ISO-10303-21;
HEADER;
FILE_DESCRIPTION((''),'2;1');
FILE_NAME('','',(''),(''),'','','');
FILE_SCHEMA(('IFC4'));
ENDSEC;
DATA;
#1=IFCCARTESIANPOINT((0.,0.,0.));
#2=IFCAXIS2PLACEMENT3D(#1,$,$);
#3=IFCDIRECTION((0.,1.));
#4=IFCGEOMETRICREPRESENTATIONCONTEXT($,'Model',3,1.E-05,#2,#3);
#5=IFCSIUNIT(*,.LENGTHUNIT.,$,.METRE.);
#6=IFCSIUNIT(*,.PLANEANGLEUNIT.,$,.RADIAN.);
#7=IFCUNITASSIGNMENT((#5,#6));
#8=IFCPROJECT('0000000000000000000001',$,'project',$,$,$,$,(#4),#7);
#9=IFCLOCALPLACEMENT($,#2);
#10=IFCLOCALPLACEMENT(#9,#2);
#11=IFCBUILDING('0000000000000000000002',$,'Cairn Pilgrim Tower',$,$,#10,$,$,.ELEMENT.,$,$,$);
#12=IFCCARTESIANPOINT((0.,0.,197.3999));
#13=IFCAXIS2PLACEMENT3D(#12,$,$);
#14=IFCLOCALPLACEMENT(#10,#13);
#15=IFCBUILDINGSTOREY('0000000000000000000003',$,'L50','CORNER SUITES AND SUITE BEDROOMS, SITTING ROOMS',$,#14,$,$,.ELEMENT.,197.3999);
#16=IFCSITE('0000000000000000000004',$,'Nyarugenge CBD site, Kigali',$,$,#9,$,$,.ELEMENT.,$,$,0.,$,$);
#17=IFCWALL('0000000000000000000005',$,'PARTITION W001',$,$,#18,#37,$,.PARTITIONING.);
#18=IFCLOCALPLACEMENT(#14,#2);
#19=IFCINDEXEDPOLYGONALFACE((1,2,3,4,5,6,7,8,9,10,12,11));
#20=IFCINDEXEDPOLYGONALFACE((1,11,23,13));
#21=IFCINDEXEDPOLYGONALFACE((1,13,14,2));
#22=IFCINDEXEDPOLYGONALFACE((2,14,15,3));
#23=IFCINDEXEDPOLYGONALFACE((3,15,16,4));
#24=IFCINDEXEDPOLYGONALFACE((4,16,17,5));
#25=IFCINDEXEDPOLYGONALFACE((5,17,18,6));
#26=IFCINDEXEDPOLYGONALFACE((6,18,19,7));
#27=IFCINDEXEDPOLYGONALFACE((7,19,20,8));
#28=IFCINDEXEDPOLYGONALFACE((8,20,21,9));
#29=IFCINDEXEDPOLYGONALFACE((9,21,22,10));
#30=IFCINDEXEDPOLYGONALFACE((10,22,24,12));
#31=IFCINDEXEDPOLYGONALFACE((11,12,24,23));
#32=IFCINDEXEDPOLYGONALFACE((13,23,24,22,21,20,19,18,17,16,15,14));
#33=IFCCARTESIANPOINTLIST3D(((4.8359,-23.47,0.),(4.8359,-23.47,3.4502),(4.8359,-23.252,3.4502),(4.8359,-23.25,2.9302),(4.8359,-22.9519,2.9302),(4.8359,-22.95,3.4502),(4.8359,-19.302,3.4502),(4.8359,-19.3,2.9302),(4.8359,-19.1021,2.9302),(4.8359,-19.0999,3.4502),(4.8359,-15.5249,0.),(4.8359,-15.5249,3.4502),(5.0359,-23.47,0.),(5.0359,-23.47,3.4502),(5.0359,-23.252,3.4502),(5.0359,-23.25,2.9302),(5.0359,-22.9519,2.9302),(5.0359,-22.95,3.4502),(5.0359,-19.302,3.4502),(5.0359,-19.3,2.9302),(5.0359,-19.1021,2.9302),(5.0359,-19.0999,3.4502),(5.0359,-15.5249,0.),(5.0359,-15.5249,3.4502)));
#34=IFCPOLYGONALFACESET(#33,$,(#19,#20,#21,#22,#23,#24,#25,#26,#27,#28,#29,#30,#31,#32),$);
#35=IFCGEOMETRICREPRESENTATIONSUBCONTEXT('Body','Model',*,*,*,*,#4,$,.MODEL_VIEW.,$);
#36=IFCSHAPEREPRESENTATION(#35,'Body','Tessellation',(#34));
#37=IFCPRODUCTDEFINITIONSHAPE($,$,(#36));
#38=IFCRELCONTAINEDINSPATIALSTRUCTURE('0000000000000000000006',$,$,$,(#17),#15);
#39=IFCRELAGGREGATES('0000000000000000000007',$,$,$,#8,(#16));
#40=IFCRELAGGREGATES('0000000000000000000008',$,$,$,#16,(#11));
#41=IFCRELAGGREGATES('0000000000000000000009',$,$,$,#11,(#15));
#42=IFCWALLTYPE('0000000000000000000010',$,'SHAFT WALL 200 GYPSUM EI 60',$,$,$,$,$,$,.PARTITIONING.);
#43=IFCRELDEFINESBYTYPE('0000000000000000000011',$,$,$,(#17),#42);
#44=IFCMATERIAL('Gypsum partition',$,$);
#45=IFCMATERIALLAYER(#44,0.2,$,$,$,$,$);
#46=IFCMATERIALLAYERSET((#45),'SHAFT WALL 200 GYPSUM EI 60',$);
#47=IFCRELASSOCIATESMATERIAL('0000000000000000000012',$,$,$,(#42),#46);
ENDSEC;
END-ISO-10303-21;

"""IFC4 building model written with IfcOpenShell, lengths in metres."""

from ifc_helpers import new_model, si_unit, direction, frame, origin, place, context, subcontext, project, spatial, polyline, outline, extrude, material, layer, layer_set, type_object, element, save


model = new_model("IFC4")

# Units and contexts
model_context = context("Model", 3, precision=1e-05, world=origin(), true_north=direction((0.0, 1.0)))
body_context = subcontext(model_context, "Body", "Model", "MODEL_VIEW")
ifc_project = project(units=[si_unit("LENGTHUNIT", "METRE"), si_unit("PLANEANGLEUNIT", "RADIAN")], contexts=[model_context])

# Site, building, storey
site_placement = place(None, origin())
site = spatial("IfcSite", under=ifc_project, at=site_placement, Name="Nyarugenge CBD site, Kigali", CompositionType="ELEMENT", RefElevation=0.0)
building_placement = place(site_placement, origin())
building = spatial("IfcBuilding", under=site, at=building_placement, Name="Cairn Pilgrim Tower", CompositionType="ELEMENT")
storey_placement = place(building_placement, frame((0.0, 0.0, 197.3999)))
storey = spatial("IfcBuildingStorey", under=building, at=storey_placement, Name="L50", Description="CORNER SUITES AND SUITE BEDROOMS, SITTING ROOMS", CompositionType="ELEMENT", Elevation=197.3999)

# Wall
ifc_material_1 = material(Name="Gypsum partition")
ifc_layer_1 = layer(ifc_material_1, 0.2)
ifc_layer_set_1 = layer_set([ifc_layer_1], Name="SHAFT WALL 200 GYPSUM EI 60")
wall_type_1 = type_object("IfcWallType", Name="SHAFT WALL 200 GYPSUM EI 60", PredefinedType="PARTITIONING", material=ifc_layer_set_1)
wall_1_placement = place(storey_placement, frame((4.936, -23.47, 0.0), z_axis=(0.0, 0.0, 1.0), x_axis=(0.0, 1.0, 0.0)))
element("IfcWall", 1, at=wall_1_placement, inside=storey, type_object=wall_type_1, Name="PARTITION W001", PredefinedType="PARTITIONING", context=body_context, shape_type="SweptSolid", body=[
    extrude(outline(polyline([(0.0, 0.0), (7.9451, 0.0), (7.9451, 3.4502), (4.3701, 3.4502), (4.3679, 2.9302), (4.1699, 2.9302), (4.168, 3.4502), (0.52, 3.4502), (0.5181, 2.9302), (0.22, 2.9302), (0.218, 3.4502), (0.0, 3.4502), (0.0, 0.0)])), frame((0.0, 0.1001, 0.0), z_axis=(0.0, -1.0, 0.0), x_axis=(1.0, 0.0, 0.0)), (0.0, 0.0, 1.0), 0.2),
])

save(model, "model.ifc")
